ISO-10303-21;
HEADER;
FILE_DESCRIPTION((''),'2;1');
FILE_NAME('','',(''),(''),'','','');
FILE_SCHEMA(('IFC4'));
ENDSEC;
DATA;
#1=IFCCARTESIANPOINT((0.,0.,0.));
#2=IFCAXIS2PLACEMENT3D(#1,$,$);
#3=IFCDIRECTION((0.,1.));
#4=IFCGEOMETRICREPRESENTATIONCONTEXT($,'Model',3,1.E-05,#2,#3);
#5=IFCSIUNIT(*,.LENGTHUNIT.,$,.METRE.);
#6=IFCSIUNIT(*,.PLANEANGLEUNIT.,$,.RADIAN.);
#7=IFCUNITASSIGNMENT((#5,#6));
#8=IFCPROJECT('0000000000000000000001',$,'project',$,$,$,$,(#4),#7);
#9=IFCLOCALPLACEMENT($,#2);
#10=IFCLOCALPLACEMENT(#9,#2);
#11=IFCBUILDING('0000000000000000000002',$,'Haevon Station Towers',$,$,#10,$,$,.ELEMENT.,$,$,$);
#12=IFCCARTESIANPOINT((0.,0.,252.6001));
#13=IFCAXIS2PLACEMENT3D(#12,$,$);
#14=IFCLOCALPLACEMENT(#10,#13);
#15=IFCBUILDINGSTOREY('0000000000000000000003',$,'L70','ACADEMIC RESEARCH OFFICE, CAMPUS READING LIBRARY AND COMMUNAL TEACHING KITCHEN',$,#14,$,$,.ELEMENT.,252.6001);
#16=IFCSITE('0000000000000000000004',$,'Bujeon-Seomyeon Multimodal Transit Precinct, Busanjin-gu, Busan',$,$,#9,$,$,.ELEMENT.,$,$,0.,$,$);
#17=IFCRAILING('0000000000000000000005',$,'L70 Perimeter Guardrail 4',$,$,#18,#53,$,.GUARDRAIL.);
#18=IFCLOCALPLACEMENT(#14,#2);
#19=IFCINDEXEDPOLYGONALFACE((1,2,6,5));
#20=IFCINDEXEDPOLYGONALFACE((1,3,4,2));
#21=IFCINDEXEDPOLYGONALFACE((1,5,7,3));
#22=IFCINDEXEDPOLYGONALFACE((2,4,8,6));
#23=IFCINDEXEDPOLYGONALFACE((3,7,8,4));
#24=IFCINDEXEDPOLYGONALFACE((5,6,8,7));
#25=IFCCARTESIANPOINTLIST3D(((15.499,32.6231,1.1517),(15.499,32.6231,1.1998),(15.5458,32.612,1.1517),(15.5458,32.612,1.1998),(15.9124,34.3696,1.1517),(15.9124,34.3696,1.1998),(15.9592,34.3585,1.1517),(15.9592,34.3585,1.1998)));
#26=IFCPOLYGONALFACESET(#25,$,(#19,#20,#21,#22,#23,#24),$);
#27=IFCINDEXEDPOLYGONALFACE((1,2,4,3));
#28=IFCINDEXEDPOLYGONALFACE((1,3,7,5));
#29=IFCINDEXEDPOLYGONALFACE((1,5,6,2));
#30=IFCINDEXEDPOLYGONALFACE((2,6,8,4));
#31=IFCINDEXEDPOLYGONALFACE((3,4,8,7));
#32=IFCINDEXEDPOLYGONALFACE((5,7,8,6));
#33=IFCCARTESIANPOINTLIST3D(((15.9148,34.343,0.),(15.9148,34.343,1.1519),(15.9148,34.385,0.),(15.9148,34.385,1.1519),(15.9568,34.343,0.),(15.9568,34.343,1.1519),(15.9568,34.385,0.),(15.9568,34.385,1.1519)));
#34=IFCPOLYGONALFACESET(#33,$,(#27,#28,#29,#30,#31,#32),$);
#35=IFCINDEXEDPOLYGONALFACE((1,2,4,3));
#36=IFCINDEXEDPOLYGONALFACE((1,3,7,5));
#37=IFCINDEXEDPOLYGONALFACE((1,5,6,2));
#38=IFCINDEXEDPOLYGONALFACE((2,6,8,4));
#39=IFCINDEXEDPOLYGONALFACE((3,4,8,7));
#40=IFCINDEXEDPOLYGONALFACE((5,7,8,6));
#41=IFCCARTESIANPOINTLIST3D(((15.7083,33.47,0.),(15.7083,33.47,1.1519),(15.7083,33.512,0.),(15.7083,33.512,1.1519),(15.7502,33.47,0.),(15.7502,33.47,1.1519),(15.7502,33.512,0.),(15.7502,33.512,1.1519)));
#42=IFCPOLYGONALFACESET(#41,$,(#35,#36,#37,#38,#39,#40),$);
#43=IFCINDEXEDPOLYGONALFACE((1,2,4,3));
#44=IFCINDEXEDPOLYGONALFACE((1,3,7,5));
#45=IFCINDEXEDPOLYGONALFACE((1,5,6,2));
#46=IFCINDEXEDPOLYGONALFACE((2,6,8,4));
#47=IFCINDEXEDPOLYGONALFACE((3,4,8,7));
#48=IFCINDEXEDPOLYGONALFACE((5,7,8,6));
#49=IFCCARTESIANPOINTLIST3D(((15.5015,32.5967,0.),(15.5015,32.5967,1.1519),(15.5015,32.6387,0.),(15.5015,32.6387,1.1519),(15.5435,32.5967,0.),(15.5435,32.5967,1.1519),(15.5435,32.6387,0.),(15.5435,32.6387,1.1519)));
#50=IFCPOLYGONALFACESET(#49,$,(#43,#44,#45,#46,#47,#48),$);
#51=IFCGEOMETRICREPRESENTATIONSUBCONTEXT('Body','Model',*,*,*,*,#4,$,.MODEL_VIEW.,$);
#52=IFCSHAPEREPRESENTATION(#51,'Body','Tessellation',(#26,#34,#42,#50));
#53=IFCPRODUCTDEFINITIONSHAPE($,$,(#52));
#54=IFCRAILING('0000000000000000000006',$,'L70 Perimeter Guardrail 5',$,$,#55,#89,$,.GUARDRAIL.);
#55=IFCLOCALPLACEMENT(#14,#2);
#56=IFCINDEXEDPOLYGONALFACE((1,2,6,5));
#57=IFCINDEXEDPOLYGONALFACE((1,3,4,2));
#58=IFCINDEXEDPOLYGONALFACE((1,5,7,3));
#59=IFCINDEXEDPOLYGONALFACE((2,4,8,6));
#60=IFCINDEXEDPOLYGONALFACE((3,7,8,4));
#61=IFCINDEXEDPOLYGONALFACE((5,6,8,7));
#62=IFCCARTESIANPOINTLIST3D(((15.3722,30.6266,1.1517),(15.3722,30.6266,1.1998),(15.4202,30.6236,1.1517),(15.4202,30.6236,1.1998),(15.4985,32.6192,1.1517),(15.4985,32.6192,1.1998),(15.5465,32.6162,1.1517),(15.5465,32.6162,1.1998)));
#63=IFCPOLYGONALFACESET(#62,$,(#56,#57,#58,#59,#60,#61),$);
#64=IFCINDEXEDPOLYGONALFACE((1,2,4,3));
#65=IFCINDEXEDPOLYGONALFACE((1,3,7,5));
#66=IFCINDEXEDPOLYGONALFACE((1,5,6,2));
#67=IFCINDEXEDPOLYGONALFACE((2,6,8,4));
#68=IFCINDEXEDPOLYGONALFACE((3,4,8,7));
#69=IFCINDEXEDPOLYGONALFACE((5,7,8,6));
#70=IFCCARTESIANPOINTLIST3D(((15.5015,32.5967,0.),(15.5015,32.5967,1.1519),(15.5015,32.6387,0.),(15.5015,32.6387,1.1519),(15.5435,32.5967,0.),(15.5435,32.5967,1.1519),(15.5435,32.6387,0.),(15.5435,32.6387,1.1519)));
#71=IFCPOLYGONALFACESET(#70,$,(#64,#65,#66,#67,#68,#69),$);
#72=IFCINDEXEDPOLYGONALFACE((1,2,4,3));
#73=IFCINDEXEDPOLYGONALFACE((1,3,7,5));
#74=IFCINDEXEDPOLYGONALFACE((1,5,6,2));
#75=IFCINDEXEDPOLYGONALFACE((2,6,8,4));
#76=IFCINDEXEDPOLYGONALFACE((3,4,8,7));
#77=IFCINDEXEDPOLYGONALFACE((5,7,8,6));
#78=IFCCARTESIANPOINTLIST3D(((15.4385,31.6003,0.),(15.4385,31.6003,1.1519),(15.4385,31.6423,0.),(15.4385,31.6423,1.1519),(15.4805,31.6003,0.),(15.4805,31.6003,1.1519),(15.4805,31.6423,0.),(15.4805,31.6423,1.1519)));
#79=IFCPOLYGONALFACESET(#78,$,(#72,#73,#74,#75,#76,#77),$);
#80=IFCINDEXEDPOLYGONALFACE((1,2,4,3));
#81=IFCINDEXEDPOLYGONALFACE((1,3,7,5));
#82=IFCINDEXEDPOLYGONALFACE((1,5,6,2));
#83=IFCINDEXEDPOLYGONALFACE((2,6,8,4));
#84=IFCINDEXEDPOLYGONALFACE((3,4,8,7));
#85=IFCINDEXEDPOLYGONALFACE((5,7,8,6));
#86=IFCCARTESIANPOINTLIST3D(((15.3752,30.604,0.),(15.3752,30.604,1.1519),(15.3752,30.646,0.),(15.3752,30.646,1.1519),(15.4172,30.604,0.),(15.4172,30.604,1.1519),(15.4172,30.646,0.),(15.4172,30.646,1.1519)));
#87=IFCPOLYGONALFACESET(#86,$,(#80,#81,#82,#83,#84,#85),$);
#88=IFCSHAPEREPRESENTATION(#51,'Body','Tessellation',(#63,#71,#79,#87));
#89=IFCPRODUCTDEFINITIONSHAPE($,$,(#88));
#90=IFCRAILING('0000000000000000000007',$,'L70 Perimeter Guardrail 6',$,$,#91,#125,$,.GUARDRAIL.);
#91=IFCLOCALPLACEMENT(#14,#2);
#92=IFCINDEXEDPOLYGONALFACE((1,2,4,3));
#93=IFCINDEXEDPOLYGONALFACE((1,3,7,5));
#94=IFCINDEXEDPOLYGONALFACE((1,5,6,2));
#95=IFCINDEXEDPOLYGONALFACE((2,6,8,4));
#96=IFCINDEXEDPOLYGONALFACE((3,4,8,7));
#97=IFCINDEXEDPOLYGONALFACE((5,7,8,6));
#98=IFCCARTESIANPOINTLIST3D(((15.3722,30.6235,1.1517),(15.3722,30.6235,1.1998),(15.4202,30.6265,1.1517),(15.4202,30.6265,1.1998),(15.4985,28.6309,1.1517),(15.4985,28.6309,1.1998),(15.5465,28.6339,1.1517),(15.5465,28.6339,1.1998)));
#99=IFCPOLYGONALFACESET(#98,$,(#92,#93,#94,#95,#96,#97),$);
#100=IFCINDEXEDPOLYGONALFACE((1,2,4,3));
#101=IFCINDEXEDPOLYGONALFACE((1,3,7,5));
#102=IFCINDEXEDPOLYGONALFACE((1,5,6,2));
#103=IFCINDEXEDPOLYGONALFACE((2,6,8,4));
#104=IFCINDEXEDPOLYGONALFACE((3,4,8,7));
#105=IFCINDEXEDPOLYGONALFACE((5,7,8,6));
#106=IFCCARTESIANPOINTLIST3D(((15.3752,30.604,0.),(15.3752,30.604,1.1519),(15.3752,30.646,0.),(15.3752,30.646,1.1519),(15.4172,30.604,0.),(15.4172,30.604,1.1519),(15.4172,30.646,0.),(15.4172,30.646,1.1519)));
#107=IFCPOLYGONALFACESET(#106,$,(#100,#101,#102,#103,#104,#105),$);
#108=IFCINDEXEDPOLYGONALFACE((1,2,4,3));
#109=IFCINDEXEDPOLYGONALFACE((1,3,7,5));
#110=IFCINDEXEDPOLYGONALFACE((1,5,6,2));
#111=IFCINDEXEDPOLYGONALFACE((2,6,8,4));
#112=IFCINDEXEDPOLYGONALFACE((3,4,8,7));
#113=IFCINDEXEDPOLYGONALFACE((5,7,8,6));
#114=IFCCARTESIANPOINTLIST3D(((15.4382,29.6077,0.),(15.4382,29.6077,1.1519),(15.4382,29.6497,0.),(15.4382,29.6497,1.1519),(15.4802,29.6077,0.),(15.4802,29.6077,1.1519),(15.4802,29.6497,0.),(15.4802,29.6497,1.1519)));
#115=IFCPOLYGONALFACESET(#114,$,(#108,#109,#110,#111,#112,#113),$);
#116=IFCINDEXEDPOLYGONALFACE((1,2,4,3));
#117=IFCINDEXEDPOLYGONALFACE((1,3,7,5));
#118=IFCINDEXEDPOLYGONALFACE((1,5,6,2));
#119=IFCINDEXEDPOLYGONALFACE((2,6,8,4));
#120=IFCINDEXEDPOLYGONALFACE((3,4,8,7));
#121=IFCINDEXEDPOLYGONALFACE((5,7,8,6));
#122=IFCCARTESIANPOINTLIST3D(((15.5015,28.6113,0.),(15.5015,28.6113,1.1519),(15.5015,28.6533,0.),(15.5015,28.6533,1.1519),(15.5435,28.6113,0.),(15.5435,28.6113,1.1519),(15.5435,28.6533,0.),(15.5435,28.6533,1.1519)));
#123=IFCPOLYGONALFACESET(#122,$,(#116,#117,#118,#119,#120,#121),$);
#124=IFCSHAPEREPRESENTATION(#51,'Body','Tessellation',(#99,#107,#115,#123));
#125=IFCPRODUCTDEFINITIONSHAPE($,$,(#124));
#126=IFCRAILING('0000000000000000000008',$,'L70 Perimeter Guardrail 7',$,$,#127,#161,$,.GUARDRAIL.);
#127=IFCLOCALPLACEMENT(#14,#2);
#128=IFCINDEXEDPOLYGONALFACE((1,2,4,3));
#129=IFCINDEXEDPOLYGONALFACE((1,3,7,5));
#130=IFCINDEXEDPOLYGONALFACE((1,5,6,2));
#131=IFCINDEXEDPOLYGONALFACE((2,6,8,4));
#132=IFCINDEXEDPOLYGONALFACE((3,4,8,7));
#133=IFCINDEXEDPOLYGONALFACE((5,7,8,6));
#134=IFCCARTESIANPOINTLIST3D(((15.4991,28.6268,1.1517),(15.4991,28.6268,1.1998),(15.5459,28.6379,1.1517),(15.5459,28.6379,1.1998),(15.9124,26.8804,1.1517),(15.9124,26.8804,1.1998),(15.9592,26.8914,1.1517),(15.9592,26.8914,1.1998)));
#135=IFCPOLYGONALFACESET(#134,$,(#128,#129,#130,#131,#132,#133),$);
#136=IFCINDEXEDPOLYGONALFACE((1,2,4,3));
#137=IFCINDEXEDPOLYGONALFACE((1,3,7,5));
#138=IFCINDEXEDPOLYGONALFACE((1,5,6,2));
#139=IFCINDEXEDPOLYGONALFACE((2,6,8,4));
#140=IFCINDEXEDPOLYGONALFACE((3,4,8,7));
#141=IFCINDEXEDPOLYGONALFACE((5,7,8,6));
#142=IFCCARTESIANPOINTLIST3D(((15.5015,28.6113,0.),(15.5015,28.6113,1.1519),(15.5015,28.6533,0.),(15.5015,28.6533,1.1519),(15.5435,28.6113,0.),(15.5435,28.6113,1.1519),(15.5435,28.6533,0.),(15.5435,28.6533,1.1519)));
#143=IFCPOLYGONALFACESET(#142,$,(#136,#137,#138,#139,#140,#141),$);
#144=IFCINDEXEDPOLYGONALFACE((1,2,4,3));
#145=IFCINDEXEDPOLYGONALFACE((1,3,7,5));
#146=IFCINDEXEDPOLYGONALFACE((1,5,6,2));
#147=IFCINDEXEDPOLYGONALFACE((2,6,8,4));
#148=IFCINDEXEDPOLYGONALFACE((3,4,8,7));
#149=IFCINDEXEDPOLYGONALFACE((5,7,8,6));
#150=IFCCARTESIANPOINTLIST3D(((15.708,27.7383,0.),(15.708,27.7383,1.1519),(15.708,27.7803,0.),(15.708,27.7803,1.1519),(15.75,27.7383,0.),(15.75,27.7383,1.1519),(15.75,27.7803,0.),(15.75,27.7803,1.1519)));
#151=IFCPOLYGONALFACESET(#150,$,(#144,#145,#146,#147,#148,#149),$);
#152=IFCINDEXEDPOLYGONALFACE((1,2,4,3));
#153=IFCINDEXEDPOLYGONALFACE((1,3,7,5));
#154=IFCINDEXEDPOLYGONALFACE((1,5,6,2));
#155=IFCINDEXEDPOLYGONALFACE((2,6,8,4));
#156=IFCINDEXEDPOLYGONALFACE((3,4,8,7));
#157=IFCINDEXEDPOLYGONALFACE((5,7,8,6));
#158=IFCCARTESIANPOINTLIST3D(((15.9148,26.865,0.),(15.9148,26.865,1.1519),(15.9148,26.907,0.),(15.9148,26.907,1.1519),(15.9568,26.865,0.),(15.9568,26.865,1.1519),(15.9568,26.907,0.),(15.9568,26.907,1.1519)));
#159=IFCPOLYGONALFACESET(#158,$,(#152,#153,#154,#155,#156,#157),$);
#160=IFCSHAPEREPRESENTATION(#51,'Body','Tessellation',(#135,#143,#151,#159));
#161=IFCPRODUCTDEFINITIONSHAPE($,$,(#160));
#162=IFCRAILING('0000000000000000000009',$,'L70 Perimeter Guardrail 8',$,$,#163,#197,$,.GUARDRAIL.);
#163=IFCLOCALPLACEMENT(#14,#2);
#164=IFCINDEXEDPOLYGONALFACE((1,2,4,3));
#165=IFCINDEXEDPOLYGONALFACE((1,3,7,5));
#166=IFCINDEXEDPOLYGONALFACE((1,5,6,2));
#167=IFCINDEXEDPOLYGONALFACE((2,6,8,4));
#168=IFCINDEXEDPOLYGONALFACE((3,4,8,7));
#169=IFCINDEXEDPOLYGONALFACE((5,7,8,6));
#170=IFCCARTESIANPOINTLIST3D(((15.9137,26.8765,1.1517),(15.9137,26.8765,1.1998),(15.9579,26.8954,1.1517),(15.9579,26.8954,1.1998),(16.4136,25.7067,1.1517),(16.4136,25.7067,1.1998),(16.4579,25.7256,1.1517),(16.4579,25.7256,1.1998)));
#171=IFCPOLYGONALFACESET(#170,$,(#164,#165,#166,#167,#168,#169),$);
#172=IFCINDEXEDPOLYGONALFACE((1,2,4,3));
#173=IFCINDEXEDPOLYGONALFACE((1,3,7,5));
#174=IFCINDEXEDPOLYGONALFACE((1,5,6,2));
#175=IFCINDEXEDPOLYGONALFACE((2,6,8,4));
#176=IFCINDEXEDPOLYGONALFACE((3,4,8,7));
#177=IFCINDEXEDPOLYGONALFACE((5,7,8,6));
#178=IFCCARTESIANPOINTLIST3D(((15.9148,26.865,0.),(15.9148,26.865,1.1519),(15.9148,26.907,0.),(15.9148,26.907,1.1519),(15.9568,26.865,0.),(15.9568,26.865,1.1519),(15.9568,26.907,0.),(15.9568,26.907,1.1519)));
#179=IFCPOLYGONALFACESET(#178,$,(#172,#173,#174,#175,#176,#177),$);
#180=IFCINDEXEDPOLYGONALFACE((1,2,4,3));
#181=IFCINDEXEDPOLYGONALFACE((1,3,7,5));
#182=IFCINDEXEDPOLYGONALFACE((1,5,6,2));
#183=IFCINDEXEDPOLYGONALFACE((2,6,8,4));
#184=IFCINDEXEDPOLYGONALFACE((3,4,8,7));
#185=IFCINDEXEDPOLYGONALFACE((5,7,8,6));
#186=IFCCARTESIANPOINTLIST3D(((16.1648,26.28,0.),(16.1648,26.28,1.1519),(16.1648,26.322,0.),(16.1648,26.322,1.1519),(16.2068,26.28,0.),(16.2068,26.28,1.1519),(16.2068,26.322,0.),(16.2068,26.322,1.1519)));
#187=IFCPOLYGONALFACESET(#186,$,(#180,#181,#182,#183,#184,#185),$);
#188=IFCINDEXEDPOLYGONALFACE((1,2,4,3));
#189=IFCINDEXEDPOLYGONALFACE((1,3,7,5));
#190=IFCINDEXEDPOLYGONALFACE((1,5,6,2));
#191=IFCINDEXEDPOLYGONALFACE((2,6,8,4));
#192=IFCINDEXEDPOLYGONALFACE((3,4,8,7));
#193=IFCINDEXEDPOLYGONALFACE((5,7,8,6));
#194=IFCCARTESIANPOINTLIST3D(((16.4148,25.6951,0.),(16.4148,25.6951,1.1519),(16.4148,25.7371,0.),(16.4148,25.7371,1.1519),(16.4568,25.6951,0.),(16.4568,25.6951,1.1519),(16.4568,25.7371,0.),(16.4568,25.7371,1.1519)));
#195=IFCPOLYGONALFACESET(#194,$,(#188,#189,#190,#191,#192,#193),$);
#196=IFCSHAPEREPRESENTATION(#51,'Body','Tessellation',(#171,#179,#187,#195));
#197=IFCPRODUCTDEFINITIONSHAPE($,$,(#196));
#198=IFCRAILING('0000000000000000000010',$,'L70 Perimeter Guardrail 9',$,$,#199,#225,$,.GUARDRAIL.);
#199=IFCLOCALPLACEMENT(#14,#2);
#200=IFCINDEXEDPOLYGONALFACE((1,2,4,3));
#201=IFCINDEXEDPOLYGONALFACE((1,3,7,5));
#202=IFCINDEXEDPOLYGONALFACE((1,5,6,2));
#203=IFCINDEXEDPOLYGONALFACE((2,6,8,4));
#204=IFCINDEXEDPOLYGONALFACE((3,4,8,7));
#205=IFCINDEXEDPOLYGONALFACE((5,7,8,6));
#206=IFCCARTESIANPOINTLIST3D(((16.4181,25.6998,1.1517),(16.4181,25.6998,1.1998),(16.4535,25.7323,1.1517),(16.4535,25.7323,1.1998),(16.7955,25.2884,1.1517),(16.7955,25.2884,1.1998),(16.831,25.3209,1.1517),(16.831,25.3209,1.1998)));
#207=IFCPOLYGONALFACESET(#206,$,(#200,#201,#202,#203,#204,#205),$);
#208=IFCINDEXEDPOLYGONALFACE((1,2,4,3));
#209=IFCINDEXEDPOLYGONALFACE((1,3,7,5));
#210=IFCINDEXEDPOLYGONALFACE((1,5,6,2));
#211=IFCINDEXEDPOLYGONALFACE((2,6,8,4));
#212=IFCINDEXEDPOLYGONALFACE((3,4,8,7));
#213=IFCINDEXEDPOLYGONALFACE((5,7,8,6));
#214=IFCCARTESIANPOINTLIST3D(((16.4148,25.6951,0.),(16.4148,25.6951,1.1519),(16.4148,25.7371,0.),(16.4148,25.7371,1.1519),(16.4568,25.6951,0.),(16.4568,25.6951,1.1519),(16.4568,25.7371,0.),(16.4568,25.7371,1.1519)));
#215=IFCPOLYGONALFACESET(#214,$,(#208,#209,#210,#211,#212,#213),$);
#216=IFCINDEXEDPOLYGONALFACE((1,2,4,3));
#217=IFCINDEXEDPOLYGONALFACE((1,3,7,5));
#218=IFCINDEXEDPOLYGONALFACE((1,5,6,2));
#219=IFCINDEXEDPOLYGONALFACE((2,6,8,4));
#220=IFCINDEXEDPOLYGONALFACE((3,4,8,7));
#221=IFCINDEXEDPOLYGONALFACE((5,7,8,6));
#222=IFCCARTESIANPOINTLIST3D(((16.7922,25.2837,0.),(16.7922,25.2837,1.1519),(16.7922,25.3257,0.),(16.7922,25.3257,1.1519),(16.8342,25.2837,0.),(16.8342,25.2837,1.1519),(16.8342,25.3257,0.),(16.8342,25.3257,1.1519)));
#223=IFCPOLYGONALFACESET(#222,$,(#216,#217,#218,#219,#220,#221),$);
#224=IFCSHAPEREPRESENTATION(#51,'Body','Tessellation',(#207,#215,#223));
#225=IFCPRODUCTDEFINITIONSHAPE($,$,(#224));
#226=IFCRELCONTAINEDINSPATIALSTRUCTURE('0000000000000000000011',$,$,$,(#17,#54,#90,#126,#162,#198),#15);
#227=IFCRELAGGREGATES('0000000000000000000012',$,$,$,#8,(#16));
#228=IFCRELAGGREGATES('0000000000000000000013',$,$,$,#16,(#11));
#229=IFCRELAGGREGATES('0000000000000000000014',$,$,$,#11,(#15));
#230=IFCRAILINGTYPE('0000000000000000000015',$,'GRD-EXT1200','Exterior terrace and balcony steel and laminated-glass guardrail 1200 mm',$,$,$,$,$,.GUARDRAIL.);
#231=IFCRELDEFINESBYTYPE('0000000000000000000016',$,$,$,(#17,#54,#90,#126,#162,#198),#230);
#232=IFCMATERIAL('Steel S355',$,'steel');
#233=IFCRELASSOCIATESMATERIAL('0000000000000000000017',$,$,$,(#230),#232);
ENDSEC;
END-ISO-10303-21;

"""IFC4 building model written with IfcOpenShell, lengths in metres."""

from ifc_helpers import new_model, si_unit, direction, frame, origin, origin_2d, place, context, subcontext, project, spatial, rectangle, extrude, material, type_object, element, save


model = new_model("IFC4")

# Units and contexts
model_context = context("Model", 3, precision=1e-05, world=origin(), true_north=direction((0.0, 1.0)))
body_context = subcontext(model_context, "Body", "Model", "MODEL_VIEW")
ifc_project = project(units=[si_unit("LENGTHUNIT", "METRE"), si_unit("PLANEANGLEUNIT", "RADIAN")], contexts=[model_context])

# Site, building, storey
site_placement = place(None, origin())
site = spatial("IfcSite", under=ifc_project, at=site_placement, Name="Bujeon-Seomyeon Multimodal Transit Precinct, Busanjin-gu, Busan", CompositionType="ELEMENT", RefElevation=0.0)
building_placement = place(site_placement, origin())
building = spatial("IfcBuilding", under=site, at=building_placement, Name="Haevon Station Towers", CompositionType="ELEMENT")
storey_placement = place(building_placement, frame((0.0, 0.0, 252.6001)))
storey = spatial("IfcBuildingStorey", under=building, at=storey_placement, Name="L70", Description="ACADEMIC RESEARCH OFFICE, CAMPUS READING LIBRARY AND COMMUNAL TEACHING KITCHEN", CompositionType="ELEMENT", Elevation=252.6001)

# Shared definitions
ifc_material_1 = material(Name="Steel S355", Category="steel")

# Railings
railing_type = type_object("IfcRailingType", Name="GRD-EXT1200", Description="Exterior terrace and balcony steel and laminated-glass guardrail 1200 mm", PredefinedType="GUARDRAIL", material=ifc_material_1)
railing_1_placement = place(storey_placement, frame((15.9358, 34.364, 0.0)))
element("IfcRailing", 1, at=railing_1_placement, inside=storey, type_object=railing_type, Name="L70 Perimeter Guardrail 4", PredefinedType="GUARDRAIL", context=body_context, shape_type="SweptSolid", body=[
    extrude(rectangle(XDim=0.0481, YDim=0.0481, at=origin_2d()), frame((0.0, 0.0, 1.1758), z_axis=(-0.230321, -0.973115, 0.0), x_axis=(0.973115, -0.230321, 0.0)), (0.0, 0.0, 1.0), 1.7947),
    extrude(rectangle(XDim=0.042, YDim=0.042, at=origin_2d()), origin(), (0.0, 0.0, 1.0), 1.1519),
    extrude(rectangle(XDim=0.042, YDim=0.042, at=origin_2d()), frame((-0.2065, -0.873, 0.0)), (0.0, 0.0, 1.0), 1.1519),
    extrude(rectangle(XDim=0.042, YDim=0.042, at=origin_2d()), frame((-0.4133, -1.7463, 0.0)), (0.0, 0.0, 1.0), 1.1519),
])
railing_2_placement = place(storey_placement, frame((15.5225, 32.6177, 0.0)))
element("IfcRailing", 2, at=railing_2_placement, inside=storey, type_object=railing_type, Name="L70 Perimeter Guardrail 5", PredefinedType="GUARDRAIL", context=body_context, shape_type="SweptSolid", body=[
    extrude(rectangle(XDim=0.0481, YDim=0.0481, at=origin_2d()), frame((0.0, 0.0, 1.1758), z_axis=(-0.063216, -0.998, 0.0), x_axis=(0.998, -0.063216, 0.0)), (0.0, 0.0, 1.0), 1.9966),
    extrude(rectangle(XDim=0.042, YDim=0.042, at=origin_2d()), origin(), (0.0, 0.0, 1.0), 1.1519),
    extrude(rectangle(XDim=0.042, YDim=0.042, at=origin_2d()), frame((-0.063, -0.9963, 0.0)), (0.0, 0.0, 1.0), 1.1519),
    extrude(rectangle(XDim=0.042, YDim=0.042, at=origin_2d()), frame((-0.1262, -1.9927, 0.0)), (0.0, 0.0, 1.0), 1.1519),
])
railing_3_placement = place(storey_placement, frame((15.3962, 30.625, 0.0)))
element("IfcRailing", 3, at=railing_3_placement, inside=storey, type_object=railing_type, Name="L70 Perimeter Guardrail 6", PredefinedType="GUARDRAIL", context=body_context, shape_type="SweptSolid", body=[
    extrude(rectangle(XDim=0.0481, YDim=0.0481, at=origin_2d()), frame((0.0, 0.0, 1.1758), z_axis=(0.063216, -0.998, 0.0), x_axis=(0.998, 0.063216, 0.0)), (0.0, 0.0, 1.0), 1.9966),
    extrude(rectangle(XDim=0.042, YDim=0.042, at=origin_2d()), origin(), (0.0, 0.0, 1.0), 1.1519),
    extrude(rectangle(XDim=0.042, YDim=0.042, at=origin_2d()), frame((0.063, -0.9963, 0.0)), (0.0, 0.0, 1.0), 1.1519),
    extrude(rectangle(XDim=0.042, YDim=0.042, at=origin_2d()), frame((0.1262, -1.9927, 0.0)), (0.0, 0.0, 1.0), 1.1519),
])
railing_4_placement = place(storey_placement, frame((15.5225, 28.6323, 0.0)))
element("IfcRailing", 4, at=railing_4_placement, inside=storey, type_object=railing_type, Name="L70 Perimeter Guardrail 7", PredefinedType="GUARDRAIL", context=body_context, shape_type="SweptSolid", body=[
    extrude(rectangle(XDim=0.0481, YDim=0.0481, at=origin_2d()), frame((0.0, 0.0, 1.1758), z_axis=(0.230321, -0.973115, 0.0), x_axis=(0.973115, 0.230321, 0.0)), (0.0, 0.0, 1.0), 1.7947),
    extrude(rectangle(XDim=0.042, YDim=0.042, at=origin_2d()), origin(), (0.0, 0.0, 1.0), 1.1519),
    extrude(rectangle(XDim=0.042, YDim=0.042, at=origin_2d()), frame((0.2065, -0.873, 0.0)), (0.0, 0.0, 1.0), 1.1519),
    extrude(rectangle(XDim=0.042, YDim=0.042, at=origin_2d()), frame((0.4133, -1.7463, 0.0)), (0.0, 0.0, 1.0), 1.1519),
])
railing_5_placement = place(storey_placement, frame((15.9358, 26.886, 0.0)))
element("IfcRailing", 5, at=railing_5_placement, inside=storey, type_object=railing_type, Name="L70 Perimeter Guardrail 8", PredefinedType="GUARDRAIL", context=body_context, shape_type="SweptSolid", body=[
    extrude(rectangle(XDim=0.0481, YDim=0.0481, at=origin_2d()), frame((0.0, 0.0, 1.1758), z_axis=(0.392993, -0.919542, 0.0), x_axis=(0.919542, 0.392993, 0.0)), (0.0, 0.0, 1.0), 1.2722),
    extrude(rectangle(XDim=0.042, YDim=0.042, at=origin_2d()), origin(), (0.0, 0.0, 1.0), 1.1519),
    extrude(rectangle(XDim=0.042, YDim=0.042, at=origin_2d()), frame((0.25, -0.585, 0.0)), (0.0, 0.0, 1.0), 1.1519),
    extrude(rectangle(XDim=0.042, YDim=0.042, at=origin_2d()), frame((0.5, -1.1699, 0.0)), (0.0, 0.0, 1.0), 1.1519),
])
railing_6_placement = place(storey_placement, frame((16.4358, 25.7161, 0.0)))
element("IfcRailing", 6, at=railing_6_placement, inside=storey, type_object=railing_type, Name="L70 Perimeter Guardrail 9", PredefinedType="GUARDRAIL", context=body_context, shape_type="SweptSolid", body=[
    extrude(rectangle(XDim=0.0481, YDim=0.0481, at=origin_2d()), frame((0.0, 0.0, 1.1758), z_axis=(0.676061, -0.736845, 0.0), x_axis=(0.736845, 0.676061, 0.0)), (0.0, 0.0, 1.0), 0.5583),
    extrude(rectangle(XDim=0.042, YDim=0.042, at=origin_2d()), origin(), (0.0, 0.0, 1.0), 1.1519),
    extrude(rectangle(XDim=0.042, YDim=0.042, at=origin_2d()), frame((0.3774, -0.4114, 0.0)), (0.0, 0.0, 1.0), 1.1519),
])

save(model, "model.ifc")
